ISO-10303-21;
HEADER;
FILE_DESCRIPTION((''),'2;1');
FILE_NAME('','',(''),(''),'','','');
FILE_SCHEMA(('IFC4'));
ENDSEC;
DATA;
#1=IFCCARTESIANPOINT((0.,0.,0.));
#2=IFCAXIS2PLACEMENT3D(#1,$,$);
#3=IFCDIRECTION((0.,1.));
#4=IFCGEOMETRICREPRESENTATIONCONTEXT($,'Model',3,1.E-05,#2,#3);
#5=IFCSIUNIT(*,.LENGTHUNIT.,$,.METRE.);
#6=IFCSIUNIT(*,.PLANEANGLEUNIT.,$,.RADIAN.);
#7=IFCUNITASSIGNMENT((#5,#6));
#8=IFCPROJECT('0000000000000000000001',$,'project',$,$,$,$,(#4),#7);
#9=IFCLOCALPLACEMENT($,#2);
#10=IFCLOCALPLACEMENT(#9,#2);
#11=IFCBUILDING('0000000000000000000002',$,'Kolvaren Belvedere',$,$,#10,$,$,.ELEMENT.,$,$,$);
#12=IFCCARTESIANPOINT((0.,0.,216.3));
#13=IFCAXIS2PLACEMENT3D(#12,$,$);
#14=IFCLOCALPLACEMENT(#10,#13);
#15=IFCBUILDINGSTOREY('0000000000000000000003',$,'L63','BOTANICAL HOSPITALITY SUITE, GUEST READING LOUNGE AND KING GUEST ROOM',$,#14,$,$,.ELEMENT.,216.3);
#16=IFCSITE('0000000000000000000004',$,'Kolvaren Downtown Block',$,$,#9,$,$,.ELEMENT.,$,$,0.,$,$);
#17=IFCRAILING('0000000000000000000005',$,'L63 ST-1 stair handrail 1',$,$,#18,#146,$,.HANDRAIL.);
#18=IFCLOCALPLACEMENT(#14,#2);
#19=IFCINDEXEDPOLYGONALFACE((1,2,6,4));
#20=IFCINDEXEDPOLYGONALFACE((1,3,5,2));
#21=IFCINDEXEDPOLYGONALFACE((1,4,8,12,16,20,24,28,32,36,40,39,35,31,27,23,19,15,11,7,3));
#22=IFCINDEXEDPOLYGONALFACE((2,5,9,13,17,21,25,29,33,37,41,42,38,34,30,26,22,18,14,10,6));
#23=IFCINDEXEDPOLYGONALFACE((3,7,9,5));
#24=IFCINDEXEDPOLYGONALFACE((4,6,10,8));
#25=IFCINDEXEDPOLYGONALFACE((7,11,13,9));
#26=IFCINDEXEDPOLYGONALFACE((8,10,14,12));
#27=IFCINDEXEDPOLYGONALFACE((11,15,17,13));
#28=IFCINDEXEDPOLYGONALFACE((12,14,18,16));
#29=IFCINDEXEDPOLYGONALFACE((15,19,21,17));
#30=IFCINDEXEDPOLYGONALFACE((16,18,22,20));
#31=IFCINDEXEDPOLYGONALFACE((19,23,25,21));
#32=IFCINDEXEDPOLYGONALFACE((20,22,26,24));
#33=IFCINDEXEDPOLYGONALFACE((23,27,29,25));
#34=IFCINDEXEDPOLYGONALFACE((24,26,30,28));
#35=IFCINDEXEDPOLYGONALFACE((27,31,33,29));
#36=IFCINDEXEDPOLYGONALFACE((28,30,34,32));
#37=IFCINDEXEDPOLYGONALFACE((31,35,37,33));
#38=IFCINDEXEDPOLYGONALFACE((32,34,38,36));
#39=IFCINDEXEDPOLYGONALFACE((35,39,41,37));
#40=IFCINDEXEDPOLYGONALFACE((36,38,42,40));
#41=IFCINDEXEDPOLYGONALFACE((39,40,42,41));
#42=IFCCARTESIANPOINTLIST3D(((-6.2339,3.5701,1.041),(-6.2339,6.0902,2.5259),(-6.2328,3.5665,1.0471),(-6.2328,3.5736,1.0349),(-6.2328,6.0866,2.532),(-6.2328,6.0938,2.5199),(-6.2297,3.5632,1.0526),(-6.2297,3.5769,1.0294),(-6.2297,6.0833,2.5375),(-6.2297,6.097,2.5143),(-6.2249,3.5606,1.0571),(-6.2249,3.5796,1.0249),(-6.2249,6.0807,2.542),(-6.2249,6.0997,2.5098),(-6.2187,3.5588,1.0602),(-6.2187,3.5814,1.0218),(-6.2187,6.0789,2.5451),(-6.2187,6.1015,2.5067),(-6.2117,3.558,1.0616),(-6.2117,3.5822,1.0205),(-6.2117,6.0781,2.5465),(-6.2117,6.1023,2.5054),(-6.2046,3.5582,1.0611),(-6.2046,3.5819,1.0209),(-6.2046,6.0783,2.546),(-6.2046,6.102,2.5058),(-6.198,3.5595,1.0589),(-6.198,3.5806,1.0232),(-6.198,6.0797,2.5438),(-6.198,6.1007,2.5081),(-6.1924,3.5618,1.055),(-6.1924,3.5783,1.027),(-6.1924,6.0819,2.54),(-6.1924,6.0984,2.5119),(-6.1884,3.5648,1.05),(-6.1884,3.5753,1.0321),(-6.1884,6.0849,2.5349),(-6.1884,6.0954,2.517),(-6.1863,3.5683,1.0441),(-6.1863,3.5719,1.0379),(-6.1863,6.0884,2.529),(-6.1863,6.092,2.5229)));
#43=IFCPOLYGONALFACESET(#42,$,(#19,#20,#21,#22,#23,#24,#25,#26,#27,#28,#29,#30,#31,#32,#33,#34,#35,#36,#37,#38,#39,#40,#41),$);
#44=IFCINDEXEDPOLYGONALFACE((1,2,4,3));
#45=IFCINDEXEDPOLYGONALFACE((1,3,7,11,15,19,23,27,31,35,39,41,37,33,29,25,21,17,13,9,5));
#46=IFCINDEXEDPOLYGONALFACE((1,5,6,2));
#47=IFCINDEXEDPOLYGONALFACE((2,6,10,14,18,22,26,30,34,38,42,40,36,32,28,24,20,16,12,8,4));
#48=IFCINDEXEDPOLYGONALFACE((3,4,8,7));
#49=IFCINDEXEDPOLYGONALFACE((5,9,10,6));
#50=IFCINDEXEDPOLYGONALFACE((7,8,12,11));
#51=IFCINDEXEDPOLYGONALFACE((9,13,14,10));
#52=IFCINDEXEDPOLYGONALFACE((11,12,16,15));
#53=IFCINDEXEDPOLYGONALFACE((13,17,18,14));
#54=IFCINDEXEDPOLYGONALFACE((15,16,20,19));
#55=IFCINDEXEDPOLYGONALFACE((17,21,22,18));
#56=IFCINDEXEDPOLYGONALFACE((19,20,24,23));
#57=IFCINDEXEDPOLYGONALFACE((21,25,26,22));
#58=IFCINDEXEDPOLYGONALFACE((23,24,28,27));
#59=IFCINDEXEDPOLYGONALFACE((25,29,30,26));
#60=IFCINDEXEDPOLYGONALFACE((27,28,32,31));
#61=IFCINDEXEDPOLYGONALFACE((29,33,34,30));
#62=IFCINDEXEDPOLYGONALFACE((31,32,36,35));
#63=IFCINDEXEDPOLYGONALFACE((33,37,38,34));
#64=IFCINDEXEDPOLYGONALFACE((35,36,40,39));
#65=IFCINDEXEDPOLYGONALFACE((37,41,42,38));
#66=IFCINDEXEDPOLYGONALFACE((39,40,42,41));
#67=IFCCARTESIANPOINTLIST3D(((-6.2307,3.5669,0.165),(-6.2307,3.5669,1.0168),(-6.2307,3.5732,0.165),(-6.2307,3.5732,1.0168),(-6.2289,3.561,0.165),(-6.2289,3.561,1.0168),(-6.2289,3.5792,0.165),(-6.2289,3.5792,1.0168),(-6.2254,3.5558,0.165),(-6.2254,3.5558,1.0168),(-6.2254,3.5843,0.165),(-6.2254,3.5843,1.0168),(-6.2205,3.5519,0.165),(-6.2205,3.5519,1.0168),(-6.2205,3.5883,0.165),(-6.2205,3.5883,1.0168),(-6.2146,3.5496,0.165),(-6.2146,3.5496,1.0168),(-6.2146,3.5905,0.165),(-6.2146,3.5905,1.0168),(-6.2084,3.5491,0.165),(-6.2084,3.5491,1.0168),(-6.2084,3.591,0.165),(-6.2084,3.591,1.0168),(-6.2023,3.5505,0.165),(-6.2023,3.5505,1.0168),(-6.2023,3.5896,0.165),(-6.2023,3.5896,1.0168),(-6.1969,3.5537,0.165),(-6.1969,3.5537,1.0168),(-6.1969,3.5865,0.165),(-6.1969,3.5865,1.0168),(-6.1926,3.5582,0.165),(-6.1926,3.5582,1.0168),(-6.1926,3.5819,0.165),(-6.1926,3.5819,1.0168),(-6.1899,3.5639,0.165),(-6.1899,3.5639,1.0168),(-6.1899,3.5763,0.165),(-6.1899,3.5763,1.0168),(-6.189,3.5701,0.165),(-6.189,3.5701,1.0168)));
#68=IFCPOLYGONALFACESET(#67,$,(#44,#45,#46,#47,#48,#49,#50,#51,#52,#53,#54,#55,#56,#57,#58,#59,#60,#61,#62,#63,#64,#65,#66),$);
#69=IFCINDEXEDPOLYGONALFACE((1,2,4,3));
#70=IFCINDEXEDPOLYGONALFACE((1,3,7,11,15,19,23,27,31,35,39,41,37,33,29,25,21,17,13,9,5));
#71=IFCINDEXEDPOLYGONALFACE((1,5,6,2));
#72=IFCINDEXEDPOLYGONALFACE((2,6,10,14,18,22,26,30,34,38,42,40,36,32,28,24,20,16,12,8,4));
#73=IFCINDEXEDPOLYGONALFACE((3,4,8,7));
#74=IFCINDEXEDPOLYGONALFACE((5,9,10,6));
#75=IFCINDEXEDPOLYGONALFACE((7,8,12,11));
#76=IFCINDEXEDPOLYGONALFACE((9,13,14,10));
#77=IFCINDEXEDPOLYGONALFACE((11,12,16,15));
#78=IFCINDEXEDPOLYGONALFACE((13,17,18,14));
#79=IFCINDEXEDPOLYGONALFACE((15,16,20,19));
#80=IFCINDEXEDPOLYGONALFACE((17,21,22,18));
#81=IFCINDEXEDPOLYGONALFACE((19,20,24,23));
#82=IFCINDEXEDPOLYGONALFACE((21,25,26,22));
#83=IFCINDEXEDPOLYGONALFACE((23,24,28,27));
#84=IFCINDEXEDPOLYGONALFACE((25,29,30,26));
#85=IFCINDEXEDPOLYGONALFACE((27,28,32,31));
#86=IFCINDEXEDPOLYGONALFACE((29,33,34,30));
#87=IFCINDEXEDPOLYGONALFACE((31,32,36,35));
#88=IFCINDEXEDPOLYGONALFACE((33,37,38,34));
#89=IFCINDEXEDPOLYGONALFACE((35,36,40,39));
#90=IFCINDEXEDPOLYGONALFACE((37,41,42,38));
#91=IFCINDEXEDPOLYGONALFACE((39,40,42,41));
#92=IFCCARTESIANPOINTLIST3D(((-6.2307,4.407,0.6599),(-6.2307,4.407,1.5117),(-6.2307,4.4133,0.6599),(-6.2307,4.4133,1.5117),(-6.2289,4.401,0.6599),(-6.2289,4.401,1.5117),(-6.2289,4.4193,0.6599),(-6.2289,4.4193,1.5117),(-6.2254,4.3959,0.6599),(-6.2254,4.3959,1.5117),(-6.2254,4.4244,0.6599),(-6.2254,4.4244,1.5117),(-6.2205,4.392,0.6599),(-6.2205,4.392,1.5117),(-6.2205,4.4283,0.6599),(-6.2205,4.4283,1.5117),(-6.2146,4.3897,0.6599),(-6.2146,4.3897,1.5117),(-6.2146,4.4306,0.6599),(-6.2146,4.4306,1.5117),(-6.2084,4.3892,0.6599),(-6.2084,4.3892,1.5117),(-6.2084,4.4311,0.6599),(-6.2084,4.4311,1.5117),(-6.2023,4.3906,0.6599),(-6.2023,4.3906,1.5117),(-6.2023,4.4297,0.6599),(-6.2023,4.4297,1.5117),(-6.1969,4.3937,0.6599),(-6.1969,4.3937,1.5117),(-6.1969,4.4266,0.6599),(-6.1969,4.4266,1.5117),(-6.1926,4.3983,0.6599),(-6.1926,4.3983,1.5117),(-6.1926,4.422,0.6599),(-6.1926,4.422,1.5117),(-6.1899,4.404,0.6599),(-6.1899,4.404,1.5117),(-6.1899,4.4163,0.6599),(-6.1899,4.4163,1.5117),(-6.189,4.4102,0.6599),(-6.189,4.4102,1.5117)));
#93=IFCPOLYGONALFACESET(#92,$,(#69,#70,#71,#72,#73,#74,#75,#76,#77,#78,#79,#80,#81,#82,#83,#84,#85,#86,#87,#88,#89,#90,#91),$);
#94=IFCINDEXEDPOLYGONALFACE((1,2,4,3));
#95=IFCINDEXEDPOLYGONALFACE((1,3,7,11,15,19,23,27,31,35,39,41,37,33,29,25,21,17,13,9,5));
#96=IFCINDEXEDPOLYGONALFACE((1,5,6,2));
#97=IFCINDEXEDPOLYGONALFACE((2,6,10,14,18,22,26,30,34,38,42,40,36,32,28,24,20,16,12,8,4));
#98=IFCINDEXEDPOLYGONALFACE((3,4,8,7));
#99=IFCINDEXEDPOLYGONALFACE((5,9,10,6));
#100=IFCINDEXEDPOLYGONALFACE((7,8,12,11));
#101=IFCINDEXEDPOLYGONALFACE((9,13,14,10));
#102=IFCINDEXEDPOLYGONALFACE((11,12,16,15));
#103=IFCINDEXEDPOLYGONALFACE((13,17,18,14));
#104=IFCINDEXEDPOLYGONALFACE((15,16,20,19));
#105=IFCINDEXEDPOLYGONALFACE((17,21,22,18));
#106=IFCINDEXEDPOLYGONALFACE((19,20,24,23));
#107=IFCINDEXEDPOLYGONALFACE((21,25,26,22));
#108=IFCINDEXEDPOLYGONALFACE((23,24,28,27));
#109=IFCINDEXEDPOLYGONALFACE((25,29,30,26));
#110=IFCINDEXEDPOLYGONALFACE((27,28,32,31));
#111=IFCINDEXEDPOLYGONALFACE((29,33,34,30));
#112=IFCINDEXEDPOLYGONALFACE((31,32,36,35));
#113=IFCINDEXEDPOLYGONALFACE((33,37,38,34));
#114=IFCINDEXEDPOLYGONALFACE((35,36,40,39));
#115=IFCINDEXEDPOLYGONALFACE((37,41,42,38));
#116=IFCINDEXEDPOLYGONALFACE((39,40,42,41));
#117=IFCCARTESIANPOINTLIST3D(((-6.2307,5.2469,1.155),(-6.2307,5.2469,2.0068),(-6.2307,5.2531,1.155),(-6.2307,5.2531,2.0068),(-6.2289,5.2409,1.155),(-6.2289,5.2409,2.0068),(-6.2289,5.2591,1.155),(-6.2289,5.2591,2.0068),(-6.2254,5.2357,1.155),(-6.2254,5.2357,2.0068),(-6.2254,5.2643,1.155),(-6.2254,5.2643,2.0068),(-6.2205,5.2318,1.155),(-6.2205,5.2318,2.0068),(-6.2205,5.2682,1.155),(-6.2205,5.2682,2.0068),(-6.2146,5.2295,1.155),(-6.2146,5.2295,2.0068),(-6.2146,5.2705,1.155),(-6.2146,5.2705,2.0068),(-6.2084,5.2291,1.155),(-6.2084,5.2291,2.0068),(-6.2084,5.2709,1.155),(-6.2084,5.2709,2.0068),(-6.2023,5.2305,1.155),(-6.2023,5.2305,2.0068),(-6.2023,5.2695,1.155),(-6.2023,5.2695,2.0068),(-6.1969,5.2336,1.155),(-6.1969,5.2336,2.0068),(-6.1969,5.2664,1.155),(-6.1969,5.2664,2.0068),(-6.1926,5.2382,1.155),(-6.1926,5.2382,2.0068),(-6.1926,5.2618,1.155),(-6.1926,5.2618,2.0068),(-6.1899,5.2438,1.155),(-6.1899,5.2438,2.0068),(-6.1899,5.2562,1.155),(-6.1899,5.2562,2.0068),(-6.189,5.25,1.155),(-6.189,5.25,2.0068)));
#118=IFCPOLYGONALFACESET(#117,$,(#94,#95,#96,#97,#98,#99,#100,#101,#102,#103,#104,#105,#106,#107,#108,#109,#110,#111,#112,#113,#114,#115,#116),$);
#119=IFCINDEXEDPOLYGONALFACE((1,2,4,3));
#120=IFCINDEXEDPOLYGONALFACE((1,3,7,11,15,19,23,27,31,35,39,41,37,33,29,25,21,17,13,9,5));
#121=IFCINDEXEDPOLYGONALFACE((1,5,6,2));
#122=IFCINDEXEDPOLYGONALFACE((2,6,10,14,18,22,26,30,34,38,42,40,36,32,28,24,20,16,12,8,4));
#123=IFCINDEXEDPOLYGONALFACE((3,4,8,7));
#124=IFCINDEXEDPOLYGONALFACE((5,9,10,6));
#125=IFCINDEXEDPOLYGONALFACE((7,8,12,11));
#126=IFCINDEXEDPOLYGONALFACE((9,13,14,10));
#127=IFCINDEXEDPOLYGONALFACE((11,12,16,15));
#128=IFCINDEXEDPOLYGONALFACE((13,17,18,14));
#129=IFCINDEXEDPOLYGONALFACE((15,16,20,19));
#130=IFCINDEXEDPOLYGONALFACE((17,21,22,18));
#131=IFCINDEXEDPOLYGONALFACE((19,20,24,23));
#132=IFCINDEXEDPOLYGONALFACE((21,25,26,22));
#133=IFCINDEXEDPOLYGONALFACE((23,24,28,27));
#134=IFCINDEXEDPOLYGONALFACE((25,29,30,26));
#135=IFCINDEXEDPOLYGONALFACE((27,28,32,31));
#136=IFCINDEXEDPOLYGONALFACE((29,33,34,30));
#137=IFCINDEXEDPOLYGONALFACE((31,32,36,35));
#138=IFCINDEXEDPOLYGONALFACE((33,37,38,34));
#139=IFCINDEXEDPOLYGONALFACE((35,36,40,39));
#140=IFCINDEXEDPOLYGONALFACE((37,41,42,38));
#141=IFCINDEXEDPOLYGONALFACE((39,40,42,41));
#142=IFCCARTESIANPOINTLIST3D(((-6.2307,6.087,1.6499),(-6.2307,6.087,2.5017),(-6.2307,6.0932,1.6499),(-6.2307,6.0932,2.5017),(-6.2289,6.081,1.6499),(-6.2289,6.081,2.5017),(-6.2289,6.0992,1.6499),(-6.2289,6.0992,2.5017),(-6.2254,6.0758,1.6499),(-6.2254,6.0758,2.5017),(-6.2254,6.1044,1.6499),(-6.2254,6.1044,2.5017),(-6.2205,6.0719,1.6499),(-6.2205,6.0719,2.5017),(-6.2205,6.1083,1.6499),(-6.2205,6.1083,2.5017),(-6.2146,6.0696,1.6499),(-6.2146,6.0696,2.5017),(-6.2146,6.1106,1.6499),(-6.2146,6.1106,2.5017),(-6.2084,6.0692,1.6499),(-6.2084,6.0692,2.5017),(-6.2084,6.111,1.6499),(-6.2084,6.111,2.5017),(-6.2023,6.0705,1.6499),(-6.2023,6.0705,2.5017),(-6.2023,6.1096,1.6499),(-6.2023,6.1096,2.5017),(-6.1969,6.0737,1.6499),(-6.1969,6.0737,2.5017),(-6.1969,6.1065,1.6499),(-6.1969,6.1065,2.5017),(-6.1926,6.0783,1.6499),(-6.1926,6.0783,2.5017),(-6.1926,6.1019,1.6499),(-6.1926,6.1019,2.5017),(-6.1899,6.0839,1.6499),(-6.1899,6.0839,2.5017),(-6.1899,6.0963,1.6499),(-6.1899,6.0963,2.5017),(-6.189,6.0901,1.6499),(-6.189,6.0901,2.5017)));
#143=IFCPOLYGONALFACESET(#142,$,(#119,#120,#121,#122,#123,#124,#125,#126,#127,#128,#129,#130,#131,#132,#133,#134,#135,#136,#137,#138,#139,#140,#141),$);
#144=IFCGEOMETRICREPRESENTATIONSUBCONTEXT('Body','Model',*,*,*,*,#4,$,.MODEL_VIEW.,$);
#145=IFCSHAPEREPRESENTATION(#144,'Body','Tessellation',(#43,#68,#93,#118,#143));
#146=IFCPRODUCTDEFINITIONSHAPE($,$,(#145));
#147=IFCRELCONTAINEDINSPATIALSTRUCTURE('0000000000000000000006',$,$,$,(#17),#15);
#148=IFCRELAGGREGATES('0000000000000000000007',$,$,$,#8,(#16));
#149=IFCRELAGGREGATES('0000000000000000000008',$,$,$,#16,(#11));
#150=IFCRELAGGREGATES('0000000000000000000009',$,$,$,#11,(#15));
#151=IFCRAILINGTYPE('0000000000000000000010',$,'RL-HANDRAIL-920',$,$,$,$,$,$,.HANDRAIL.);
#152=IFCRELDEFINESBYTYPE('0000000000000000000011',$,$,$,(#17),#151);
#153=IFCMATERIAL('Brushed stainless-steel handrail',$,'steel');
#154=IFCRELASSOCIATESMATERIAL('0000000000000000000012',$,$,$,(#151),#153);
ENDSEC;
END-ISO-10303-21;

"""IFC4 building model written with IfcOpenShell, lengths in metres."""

from ifc_helpers import new_model, si_unit, direction, frame, origin, origin_2d, place, context, subcontext, project, spatial, circle, extrude, material, type_object, element, save


model = new_model("IFC4")

# Units and contexts
model_context = context("Model", 3, precision=1e-05, world=origin(), true_north=direction((0.0, 1.0)))
body_context = subcontext(model_context, "Body", "Model", "MODEL_VIEW")
ifc_project = project(units=[si_unit("LENGTHUNIT", "METRE"), si_unit("PLANEANGLEUNIT", "RADIAN")], contexts=[model_context])

# Site, building, storey
site_placement = place(None, origin())
site = spatial("IfcSite", under=ifc_project, at=site_placement, Name="Kolvaren Downtown Block", CompositionType="ELEMENT", RefElevation=0.0)
building_placement = place(site_placement, origin())
building = spatial("IfcBuilding", under=site, at=building_placement, Name="Kolvaren Belvedere", CompositionType="ELEMENT")
storey_placement = place(building_placement, frame((0.0, 0.0, 216.3)))
storey = spatial("IfcBuildingStorey", under=building, at=storey_placement, Name="L63", Description="BOTANICAL HOSPITALITY SUITE, GUEST READING LOUNGE AND KING GUEST ROOM", CompositionType="ELEMENT", Elevation=216.3)

# Railing
ifc_material_1 = material(Name="Brushed stainless-steel handrail", Category="steel")
railing_type_1 = type_object("IfcRailingType", Name="RL-HANDRAIL-920", PredefinedType="HANDRAIL", material=ifc_material_1)
railing_1_placement = place(storey_placement, frame((-6.21, 3.5701, 0.165)))
element("IfcRailing", 1, at=railing_1_placement, inside=storey, type_object=railing_type_1, Name="L63 ST-1 stair handrail 1", PredefinedType="HANDRAIL", context=body_context, shape_type="SweptSolid", body=[
    extrude(circle(Radius=0.0239, at=origin_2d()), frame((0.0, 0.0, 0.876), z_axis=(0.0, 0.861561, 0.507655), x_axis=(-1.0, 0.0, 0.0)), (0.0, 0.0, 1.0), 2.925),
    extrude(circle(Radius=0.021, at=origin_2d()), origin(), (0.0, 0.0, 1.0), 0.8518),
    extrude(circle(Radius=0.021, at=origin_2d()), frame((0.0, 0.8401, 0.4949)), (0.0, 0.0, 1.0), 0.8518),
    extrude(circle(Radius=0.021, at=origin_2d()), frame((0.0, 1.6799, 0.99)), (0.0, 0.0, 1.0), 0.8518),
    extrude(circle(Radius=0.021, at=origin_2d()), frame((0.0, 2.52, 1.4849)), (0.0, 0.0, 1.0), 0.8518),
])

save(model, "model.ifc")
